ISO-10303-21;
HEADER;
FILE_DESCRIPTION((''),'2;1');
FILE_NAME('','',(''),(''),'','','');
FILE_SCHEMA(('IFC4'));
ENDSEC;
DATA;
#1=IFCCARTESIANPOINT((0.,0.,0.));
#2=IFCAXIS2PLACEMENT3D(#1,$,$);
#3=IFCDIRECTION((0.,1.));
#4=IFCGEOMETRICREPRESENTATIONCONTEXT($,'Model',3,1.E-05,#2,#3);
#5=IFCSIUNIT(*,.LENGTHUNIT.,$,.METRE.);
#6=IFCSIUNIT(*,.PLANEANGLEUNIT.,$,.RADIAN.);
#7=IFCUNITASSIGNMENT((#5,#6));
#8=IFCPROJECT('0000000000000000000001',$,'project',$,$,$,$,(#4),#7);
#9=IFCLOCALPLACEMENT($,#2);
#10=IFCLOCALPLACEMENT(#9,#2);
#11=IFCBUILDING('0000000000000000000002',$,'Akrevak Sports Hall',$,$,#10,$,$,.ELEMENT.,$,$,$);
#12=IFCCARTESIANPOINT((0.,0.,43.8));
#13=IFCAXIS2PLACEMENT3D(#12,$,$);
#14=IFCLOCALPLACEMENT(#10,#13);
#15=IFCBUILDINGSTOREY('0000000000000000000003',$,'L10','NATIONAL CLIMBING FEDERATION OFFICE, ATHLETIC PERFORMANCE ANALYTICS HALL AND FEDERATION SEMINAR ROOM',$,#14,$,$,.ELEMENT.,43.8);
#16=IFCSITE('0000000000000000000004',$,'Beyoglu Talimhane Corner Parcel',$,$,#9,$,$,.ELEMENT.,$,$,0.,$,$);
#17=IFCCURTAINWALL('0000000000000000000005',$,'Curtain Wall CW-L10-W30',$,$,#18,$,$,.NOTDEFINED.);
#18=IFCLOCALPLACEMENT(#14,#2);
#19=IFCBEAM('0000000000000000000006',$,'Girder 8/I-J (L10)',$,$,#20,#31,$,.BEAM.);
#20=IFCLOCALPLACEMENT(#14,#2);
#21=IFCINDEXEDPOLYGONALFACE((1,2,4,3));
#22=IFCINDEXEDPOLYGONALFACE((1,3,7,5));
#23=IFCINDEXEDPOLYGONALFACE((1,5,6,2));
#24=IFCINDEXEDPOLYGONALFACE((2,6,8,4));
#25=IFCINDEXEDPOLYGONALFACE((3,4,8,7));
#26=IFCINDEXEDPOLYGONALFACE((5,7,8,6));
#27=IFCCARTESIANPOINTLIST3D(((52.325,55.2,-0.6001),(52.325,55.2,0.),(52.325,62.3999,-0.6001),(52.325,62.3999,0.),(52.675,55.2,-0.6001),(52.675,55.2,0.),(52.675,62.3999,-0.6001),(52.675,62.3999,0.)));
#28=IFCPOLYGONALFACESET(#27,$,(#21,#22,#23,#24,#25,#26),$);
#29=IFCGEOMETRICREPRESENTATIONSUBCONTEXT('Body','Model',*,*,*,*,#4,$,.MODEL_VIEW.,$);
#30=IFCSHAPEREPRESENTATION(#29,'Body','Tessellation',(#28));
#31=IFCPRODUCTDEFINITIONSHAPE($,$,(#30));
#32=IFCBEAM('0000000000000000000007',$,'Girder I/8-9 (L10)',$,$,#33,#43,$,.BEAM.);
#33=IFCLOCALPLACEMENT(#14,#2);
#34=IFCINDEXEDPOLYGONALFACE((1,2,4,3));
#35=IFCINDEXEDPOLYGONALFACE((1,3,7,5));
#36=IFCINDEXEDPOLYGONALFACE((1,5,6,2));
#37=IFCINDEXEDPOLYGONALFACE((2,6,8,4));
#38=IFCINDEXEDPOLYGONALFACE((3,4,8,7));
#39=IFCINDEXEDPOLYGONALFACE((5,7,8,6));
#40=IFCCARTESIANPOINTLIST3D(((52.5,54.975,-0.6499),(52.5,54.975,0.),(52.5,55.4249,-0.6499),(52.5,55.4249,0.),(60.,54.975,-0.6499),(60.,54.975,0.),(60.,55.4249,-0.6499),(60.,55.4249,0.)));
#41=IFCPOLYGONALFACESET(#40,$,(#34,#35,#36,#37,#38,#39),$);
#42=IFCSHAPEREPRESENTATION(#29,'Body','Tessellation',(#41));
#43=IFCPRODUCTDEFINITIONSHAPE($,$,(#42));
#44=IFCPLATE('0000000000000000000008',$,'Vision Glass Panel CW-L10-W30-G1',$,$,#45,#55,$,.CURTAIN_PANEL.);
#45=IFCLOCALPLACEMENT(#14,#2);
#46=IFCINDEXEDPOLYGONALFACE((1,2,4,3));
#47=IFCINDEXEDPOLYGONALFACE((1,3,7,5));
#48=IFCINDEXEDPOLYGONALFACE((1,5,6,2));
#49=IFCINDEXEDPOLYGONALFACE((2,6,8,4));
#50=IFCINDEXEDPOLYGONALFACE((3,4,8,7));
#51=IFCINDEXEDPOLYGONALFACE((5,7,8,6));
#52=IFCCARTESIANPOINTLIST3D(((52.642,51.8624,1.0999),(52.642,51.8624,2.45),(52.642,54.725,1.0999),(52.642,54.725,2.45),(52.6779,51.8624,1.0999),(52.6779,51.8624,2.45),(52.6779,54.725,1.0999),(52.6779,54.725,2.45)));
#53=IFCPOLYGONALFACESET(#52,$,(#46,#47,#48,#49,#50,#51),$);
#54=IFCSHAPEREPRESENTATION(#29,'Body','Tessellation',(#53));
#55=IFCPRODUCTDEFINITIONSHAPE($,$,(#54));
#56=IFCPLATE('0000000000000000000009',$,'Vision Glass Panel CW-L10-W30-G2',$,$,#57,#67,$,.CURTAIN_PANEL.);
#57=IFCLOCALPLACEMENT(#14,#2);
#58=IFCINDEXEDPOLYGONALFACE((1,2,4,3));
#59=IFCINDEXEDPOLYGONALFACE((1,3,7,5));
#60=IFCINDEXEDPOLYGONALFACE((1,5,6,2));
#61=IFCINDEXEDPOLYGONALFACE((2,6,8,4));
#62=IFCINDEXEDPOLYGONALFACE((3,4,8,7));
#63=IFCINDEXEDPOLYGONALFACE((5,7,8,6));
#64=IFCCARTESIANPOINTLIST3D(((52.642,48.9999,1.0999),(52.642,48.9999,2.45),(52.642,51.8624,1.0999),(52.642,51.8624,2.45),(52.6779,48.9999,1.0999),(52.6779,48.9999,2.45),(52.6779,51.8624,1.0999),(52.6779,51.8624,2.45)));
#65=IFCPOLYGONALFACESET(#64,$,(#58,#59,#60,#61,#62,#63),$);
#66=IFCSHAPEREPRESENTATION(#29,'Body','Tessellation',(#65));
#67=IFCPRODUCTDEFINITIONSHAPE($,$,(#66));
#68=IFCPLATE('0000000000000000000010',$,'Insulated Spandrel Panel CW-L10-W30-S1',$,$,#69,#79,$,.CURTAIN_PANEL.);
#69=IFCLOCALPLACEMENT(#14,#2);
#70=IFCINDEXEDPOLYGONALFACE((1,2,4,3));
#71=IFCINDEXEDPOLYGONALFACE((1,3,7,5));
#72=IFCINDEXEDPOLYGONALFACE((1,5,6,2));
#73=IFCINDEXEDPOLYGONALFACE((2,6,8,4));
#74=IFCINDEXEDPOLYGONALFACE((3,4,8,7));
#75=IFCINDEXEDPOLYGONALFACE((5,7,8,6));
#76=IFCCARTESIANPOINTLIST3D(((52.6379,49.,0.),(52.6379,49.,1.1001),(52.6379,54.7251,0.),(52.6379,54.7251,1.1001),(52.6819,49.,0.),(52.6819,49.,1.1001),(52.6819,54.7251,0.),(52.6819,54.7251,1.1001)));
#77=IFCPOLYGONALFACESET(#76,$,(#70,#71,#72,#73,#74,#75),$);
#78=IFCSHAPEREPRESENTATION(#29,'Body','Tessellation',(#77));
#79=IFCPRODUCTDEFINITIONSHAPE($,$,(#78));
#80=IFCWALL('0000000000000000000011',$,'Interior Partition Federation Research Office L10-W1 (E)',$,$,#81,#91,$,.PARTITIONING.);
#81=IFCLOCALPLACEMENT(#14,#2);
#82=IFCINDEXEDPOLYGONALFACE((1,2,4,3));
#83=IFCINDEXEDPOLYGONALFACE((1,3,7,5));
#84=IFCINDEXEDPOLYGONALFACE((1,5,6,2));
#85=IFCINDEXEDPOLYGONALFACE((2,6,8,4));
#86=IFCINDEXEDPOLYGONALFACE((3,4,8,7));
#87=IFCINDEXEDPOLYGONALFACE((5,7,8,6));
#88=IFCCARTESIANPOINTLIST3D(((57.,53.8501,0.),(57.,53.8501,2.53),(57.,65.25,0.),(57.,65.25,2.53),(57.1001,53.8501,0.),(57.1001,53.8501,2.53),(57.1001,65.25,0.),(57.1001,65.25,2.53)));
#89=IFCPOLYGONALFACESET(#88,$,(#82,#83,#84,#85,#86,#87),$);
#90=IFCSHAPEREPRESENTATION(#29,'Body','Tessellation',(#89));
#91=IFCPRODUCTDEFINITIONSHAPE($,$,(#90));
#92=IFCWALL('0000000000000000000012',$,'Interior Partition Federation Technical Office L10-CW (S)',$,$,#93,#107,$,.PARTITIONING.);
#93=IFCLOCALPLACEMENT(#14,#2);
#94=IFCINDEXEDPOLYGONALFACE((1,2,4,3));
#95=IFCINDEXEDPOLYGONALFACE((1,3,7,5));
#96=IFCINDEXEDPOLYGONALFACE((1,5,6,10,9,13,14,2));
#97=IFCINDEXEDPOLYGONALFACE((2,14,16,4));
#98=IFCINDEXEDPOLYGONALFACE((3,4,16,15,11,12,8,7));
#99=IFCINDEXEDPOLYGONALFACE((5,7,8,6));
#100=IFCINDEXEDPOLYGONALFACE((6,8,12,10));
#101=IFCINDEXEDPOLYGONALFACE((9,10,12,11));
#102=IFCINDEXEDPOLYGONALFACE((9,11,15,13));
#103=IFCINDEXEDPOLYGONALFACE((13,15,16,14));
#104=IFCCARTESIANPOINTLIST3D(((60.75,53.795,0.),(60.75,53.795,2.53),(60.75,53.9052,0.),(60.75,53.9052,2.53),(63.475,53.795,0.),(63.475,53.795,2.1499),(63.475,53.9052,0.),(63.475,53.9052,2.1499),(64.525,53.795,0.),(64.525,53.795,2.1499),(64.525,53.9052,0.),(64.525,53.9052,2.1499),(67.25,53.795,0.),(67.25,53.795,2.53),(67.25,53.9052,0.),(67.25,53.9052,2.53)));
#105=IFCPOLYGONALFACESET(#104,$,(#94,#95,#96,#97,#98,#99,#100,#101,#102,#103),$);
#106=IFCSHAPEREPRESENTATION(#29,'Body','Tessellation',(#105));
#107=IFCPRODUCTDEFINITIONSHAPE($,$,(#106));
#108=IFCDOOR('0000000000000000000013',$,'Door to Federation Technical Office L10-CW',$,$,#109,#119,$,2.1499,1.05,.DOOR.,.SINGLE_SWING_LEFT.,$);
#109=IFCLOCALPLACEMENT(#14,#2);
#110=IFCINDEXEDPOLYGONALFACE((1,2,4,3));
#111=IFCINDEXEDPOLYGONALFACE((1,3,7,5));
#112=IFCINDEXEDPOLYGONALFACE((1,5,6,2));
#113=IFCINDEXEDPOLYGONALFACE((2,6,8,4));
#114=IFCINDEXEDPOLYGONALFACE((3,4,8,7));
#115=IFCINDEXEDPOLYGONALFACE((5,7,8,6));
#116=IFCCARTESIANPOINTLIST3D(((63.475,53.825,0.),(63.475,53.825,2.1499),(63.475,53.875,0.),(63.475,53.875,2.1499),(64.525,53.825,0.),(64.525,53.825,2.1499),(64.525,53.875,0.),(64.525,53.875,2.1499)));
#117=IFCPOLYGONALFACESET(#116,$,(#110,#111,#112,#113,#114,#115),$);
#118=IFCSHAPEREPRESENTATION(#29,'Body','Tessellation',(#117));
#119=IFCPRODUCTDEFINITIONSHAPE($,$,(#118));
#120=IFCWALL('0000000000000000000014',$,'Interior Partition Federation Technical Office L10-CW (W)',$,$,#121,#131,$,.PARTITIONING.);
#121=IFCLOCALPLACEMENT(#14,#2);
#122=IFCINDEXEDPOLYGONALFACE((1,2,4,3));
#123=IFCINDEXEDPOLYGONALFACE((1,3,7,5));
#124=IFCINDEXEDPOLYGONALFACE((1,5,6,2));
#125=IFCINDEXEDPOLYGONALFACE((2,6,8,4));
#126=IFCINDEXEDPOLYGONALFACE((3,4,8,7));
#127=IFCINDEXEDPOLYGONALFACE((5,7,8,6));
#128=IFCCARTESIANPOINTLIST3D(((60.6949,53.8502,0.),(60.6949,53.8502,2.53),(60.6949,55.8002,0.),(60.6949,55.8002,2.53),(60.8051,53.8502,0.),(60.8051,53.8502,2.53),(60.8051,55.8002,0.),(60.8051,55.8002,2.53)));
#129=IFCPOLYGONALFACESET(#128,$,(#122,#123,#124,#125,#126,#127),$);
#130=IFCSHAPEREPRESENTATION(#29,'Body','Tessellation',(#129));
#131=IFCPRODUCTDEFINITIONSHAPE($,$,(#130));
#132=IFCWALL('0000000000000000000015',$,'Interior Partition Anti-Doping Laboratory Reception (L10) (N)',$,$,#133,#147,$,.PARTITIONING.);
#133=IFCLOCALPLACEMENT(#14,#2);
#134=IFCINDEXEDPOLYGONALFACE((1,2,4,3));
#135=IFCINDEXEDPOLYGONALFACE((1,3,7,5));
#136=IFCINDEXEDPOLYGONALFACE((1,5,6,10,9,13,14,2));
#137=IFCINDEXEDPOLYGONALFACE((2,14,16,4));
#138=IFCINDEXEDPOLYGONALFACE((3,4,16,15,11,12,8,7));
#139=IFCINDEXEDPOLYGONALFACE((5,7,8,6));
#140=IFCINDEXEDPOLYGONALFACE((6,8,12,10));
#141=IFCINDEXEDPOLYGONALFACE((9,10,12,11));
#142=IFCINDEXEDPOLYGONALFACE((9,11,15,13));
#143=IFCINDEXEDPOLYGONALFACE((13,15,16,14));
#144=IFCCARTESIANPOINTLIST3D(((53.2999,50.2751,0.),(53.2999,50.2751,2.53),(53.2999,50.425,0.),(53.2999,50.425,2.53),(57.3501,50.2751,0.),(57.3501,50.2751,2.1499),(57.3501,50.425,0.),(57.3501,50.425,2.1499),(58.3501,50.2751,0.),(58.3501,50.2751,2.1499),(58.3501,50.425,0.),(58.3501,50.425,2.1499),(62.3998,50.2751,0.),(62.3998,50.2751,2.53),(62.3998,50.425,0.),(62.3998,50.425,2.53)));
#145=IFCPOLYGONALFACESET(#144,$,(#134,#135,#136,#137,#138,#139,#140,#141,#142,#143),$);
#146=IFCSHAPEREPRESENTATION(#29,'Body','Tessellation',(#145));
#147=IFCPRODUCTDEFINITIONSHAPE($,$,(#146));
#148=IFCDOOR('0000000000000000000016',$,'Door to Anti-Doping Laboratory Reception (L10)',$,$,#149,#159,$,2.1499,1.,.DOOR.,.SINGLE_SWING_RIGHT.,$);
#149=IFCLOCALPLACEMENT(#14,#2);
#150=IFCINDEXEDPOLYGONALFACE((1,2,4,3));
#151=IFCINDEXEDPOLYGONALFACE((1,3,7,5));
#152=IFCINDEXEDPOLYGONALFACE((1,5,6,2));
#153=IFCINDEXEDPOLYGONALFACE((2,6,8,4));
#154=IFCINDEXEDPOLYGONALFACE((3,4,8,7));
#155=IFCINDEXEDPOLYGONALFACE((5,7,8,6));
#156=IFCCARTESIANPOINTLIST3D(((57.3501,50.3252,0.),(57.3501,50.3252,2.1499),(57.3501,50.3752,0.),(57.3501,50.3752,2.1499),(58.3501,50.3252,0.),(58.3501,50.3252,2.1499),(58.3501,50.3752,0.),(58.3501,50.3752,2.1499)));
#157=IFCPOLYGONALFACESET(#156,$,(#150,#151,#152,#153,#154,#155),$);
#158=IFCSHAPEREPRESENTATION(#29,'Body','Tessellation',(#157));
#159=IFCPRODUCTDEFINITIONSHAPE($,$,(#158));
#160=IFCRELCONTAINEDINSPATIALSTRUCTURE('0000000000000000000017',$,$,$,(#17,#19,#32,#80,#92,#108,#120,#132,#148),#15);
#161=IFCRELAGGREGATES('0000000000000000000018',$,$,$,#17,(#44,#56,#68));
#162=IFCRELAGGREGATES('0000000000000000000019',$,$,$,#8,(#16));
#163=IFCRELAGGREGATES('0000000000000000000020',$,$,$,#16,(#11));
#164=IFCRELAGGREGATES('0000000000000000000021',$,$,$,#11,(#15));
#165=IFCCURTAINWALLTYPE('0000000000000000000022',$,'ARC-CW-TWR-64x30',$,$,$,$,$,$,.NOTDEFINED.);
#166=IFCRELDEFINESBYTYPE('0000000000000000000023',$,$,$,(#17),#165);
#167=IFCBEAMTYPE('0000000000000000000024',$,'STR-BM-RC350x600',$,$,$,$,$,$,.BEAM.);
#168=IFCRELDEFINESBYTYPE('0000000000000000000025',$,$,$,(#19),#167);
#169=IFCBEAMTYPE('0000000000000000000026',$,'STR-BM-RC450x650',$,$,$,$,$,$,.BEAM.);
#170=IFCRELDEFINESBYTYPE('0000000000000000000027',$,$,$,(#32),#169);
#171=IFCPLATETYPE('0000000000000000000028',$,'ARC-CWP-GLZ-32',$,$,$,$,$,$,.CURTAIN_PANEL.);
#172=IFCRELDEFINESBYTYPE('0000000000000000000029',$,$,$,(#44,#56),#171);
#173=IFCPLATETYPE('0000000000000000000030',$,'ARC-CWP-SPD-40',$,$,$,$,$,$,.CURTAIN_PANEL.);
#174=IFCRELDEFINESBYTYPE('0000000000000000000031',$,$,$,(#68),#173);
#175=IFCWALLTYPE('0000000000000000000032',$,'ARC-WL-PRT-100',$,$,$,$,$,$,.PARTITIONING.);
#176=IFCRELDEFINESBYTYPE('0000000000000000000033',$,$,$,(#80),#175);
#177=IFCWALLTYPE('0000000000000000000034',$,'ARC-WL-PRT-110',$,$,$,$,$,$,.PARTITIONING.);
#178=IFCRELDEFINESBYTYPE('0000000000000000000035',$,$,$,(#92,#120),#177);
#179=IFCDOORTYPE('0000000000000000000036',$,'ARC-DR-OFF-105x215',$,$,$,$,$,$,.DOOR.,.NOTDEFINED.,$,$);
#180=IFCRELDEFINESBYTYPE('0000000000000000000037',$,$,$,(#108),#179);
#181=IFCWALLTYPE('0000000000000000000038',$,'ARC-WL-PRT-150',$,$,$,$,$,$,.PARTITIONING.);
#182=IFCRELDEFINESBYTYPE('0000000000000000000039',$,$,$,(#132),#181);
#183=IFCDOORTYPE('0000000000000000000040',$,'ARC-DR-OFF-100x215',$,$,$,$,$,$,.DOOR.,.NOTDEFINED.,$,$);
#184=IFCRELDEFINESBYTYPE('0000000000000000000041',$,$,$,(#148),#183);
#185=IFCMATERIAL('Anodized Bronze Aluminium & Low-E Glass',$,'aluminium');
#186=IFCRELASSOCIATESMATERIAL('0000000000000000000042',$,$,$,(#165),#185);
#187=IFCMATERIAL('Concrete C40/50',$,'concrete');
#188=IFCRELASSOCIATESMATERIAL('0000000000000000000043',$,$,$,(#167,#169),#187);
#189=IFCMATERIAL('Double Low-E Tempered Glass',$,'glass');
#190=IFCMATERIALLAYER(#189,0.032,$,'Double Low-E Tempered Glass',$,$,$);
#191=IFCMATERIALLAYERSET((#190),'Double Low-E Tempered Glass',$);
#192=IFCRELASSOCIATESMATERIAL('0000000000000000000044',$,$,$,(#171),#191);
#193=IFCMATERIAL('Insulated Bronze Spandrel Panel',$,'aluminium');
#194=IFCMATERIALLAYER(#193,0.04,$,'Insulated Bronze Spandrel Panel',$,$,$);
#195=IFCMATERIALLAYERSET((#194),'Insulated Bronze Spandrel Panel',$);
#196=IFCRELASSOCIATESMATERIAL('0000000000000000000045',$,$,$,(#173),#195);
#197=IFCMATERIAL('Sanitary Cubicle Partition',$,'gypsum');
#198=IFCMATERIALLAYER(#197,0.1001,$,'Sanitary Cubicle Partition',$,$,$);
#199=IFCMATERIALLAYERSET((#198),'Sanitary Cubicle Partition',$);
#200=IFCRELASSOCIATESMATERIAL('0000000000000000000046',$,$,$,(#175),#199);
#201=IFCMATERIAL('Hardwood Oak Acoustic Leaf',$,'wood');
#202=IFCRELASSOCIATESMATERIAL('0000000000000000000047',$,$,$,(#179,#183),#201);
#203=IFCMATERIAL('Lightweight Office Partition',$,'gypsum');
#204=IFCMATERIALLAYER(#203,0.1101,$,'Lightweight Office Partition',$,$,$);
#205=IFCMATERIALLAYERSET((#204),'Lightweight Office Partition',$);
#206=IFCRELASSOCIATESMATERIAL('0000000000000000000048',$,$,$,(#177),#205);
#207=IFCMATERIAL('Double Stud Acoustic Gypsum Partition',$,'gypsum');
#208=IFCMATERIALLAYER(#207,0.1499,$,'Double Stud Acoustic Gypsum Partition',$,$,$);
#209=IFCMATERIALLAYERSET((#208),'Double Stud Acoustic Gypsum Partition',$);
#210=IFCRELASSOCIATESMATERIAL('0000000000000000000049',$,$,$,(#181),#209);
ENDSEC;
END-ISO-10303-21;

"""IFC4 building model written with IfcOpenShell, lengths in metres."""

from ifc_helpers import new_model, si_unit, direction, frame, frame_2d, origin, origin_2d, place, context, subcontext, project, spatial, rectangle, extrude, material, layer, layer_set, material_profile, profile_set, type_object, element, fill, aggregate, save


model = new_model("IFC4")

# Units and contexts
model_context = context("Model", 3, precision=1e-05, world=origin(), true_north=direction((0.0, 1.0)))
body_context = subcontext(model_context, "Body", "Model", "MODEL_VIEW")
ifc_project = project(units=[si_unit("LENGTHUNIT", "METRE"), si_unit("PLANEANGLEUNIT", "RADIAN")], contexts=[model_context])

# Site, building, storey
site_placement = place(None, origin())
site = spatial("IfcSite", under=ifc_project, at=site_placement, Name="Beyoglu Talimhane Corner Parcel", CompositionType="ELEMENT", RefElevation=0.0)
building_placement = place(site_placement, origin())
building = spatial("IfcBuilding", under=site, at=building_placement, Name="Akrevak Sports Hall", CompositionType="ELEMENT")
storey_placement = place(building_placement, frame((0.0, 0.0, 43.8)))
storey = spatial("IfcBuildingStorey", under=building, at=storey_placement, Name="L10", Description="NATIONAL CLIMBING FEDERATION OFFICE, ATHLETIC PERFORMANCE ANALYTICS HALL AND FEDERATION SEMINAR ROOM", CompositionType="ELEMENT", Elevation=43.8)

# Shared definitions
ifc_material_1 = material(Name="Concrete C40/50", Category="concrete")

# Curtain wall
ifc_material_2 = material(Name="Anodized Bronze Aluminium & Low-E Glass", Category="aluminium")
curtain_wall_type = type_object("IfcCurtainWallType", Name="ARC-CW-TWR-64x30", PredefinedType="NOTDEFINED", material=ifc_material_2)
curtain_wall_1_placement = place(storey_placement, origin())
curtain_wall_1 = element("IfcCurtainWall", 1, at=curtain_wall_1_placement, inside=storey, type_object=curtain_wall_type, Name="Curtain Wall CW-L10-W30", PredefinedType="NOTDEFINED")

# Beams
ifc_material_profile_1 = material_profile(ifc_material_1, rectangle(XDim=0.3501, YDim=0.6001, at=origin_2d()), Name="BM 350x600", Category="concrete")
ifc_profile_set_1 = profile_set([ifc_material_profile_1], Name="Concrete C40/50")
beam_type_1 = type_object("IfcBeamType", Name="STR-BM-RC350x600", PredefinedType="BEAM", material=ifc_profile_set_1)
beam_1_placement = place(storey_placement, frame((52.5, 55.2, -0.3), z_axis=(0.0, 1.0, 0.0), x_axis=(-1.0, 0.0, 0.0)))
element("IfcBeam", 2, at=beam_1_placement, inside=storey, type_object=beam_type_1, Name="Girder 8/I-J (L10)", PredefinedType="BEAM", context=body_context, shape_type="SweptSolid", body=[
    extrude(rectangle(XDim=0.3501, YDim=0.6001, at=origin_2d()), origin(), (0.0, 0.0, 1.0), 7.2),
])
ifc_material_profile_2 = material_profile(ifc_material_1, rectangle(XDim=0.45, YDim=0.6499, at=origin_2d()), Name="BM 450x650", Category="concrete")
ifc_profile_set_2 = profile_set([ifc_material_profile_2], Name="Concrete C40/50")
beam_type_2 = type_object("IfcBeamType", Name="STR-BM-RC450x650", PredefinedType="BEAM", material=ifc_profile_set_2)
beam_2_placement = place(storey_placement, frame((52.5, 55.2, -0.325), z_axis=(1.0, 0.0, 0.0), x_axis=(0.0, 1.0, 0.0)))
element("IfcBeam", 3, at=beam_2_placement, inside=storey, type_object=beam_type_2, Name="Girder I/8-9 (L10)", PredefinedType="BEAM", context=body_context, shape_type="SweptSolid", body=[
    extrude(rectangle(XDim=0.45, YDim=0.6499, at=origin_2d()), origin(), (0.0, 0.0, 1.0), 7.5),
])

# Plates
ifc_material_3 = material(Name="Double Low-E Tempered Glass", Category="glass")
ifc_layer_1 = layer(ifc_material_3, 0.032, Name="Double Low-E Tempered Glass")
ifc_layer_set_1 = layer_set([ifc_layer_1], Name="Double Low-E Tempered Glass")
plate_type_1 = type_object("IfcPlateType", Name="ARC-CWP-GLZ-32", PredefinedType="CURTAIN_PANEL", material=ifc_layer_set_1)
plate_1_placement = place(storey_placement, frame((52.6599, 53.2937, 1.0999), z_axis=(0.0, 0.0, 1.0), x_axis=(0.0, -1.0, 0.0)))
plate_1 = element("IfcPlate", 4, at=plate_1_placement, type_object=plate_type_1, Name="Vision Glass Panel CW-L10-W30-G1", PredefinedType="CURTAIN_PANEL", context=body_context, shape_type="SweptSolid", body=[
    extrude(rectangle(XDim=2.8625, YDim=0.0359, at=origin_2d()), origin(), (0.0, 0.0, 1.0), 1.3501),
])
plate_2_placement = place(storey_placement, frame((52.6599, 50.4312, 1.0999), z_axis=(0.0, 0.0, 1.0), x_axis=(0.0, -1.0, 0.0)))
plate_2 = element("IfcPlate", 5, at=plate_2_placement, type_object=plate_type_1, Name="Vision Glass Panel CW-L10-W30-G2", PredefinedType="CURTAIN_PANEL", context=body_context, shape_type="SweptSolid", body=[
    extrude(rectangle(XDim=2.8625, YDim=0.0359, at=origin_2d()), origin(), (0.0, 0.0, 1.0), 1.3501),
])
ifc_material_4 = material(Name="Insulated Bronze Spandrel Panel", Category="aluminium")
ifc_layer_2 = layer(ifc_material_4, 0.04, Name="Insulated Bronze Spandrel Panel")
ifc_layer_set_2 = layer_set([ifc_layer_2], Name="Insulated Bronze Spandrel Panel")
plate_type_2 = type_object("IfcPlateType", Name="ARC-CWP-SPD-40", PredefinedType="CURTAIN_PANEL", material=ifc_layer_set_2)
plate_3_placement = place(storey_placement, frame((52.6599, 51.8625, 0.0), z_axis=(0.0, 0.0, 1.0), x_axis=(0.0, -1.0, 0.0)))
plate_3 = element("IfcPlate", 6, at=plate_3_placement, type_object=plate_type_2, Name="Insulated Spandrel Panel CW-L10-W30-S1", PredefinedType="CURTAIN_PANEL", context=body_context, shape_type="SweptSolid", body=[
    extrude(rectangle(XDim=5.7251, YDim=0.0439, at=origin_2d()), origin(), (0.0, 0.0, 1.0), 1.1001),
])
aggregate(curtain_wall_1, [plate_1, plate_2, plate_3])

# Shared definitions
ifc_material_5 = material(Name="Sanitary Cubicle Partition", Category="gypsum")
ifc_layer_3 = layer(ifc_material_5, 0.1001, Name="Sanitary Cubicle Partition")
ifc_layer_set_3 = layer_set([ifc_layer_3], Name="Sanitary Cubicle Partition")
wall_type_1 = type_object("IfcWallType", Name="ARC-WL-PRT-100", PredefinedType="PARTITIONING", material=ifc_layer_set_3)
ifc_material_6 = material(Name="Hardwood Oak Acoustic Leaf", Category="wood")
door_type_1 = type_object("IfcDoorType", Name="ARC-DR-OFF-105x215", OperationType="NOTDEFINED", PredefinedType="DOOR", material=ifc_material_6)

# Wall
wall_1_placement = place(storey_placement, frame((57.05, 53.8501, 0.0), z_axis=(0.0, 0.0, 1.0), x_axis=(0.0, 1.0, 0.0)))
element("IfcWall", 7, at=wall_1_placement, inside=storey, type_object=wall_type_1, Name="Interior Partition Federation Research Office L10-W1 (E)", PredefinedType="PARTITIONING", context=body_context, shape_type="SweptSolid", body=[
    extrude(rectangle(XDim=11.3999, YDim=0.1001, at=frame_2d((5.7, 0.0))), origin(), (0.0, 0.0, 1.0), 2.53),
])

# Wall, opening, door
ifc_material_7 = material(Name="Lightweight Office Partition", Category="gypsum")
ifc_layer_4 = layer(ifc_material_7, 0.1101, Name="Lightweight Office Partition")
ifc_layer_set_4 = layer_set([ifc_layer_4], Name="Lightweight Office Partition")
wall_type_2 = type_object("IfcWallType", Name="ARC-WL-PRT-110", PredefinedType="PARTITIONING", material=ifc_layer_set_4)
wall_2_placement = place(storey_placement, frame((60.75, 53.8501, 0.0), z_axis=(0.0, 0.0, 1.0), x_axis=(1.0, 0.0, 0.0)))
wall_2 = element("IfcWall", 8, at=wall_2_placement, inside=storey, type_object=wall_type_2, Name="Interior Partition Federation Technical Office L10-CW (S)", PredefinedType="PARTITIONING", context=body_context, shape_type="SweptSolid", body=[
    extrude(rectangle(XDim=6.5, YDim=0.1101, at=frame_2d((3.25, 0.0))), origin(), (0.0, 0.0, 1.0), 2.53),
])
opening_1_placement = place(wall_2_placement, frame((2.7251, 0.0, 0.0)))
opening_1 = element("IfcOpeningElement", 9, at=opening_1_placement, cuts=wall_2, PredefinedType="OPENING", context=body_context, shape_type="SweptSolid", body=[
    extrude(rectangle(XDim=1.05, YDim=2.1499, at=frame_2d((0.5249, 1.075))), frame((0.0, 0.0669, 0.0), z_axis=(0.0, -1.0, 0.0), x_axis=(1.0, 0.0, 0.0)), (0.0, 0.0, 1.0), 0.134),
])
door_1_placement = place(opening_1_placement, origin())
door_1 = element("IfcDoor", 10, at=door_1_placement, inside=storey, type_object=door_type_1, Name="Door to Federation Technical Office L10-CW", OperationType="SINGLE_SWING_LEFT", OverallHeight=2.1499, OverallWidth=1.05, PredefinedType="DOOR", context=body_context, shape_type="SweptSolid", body=[
    extrude(rectangle(XDim=1.05, YDim=2.1499, at=frame_2d((0.5249, 1.075))), frame((0.0, 0.0249, 0.0), z_axis=(0.0, -1.0, 0.0), x_axis=(1.0, 0.0, 0.0)), (0.0, 0.0, 1.0), 0.05),
])
fill(opening_1, door_1)

# Wall
wall_3_placement = place(storey_placement, frame((60.75, 53.8501, 0.0), z_axis=(0.0, 0.0, 1.0), x_axis=(0.0, 1.0, 0.0)))
element("IfcWall", 11, at=wall_3_placement, inside=storey, type_object=wall_type_2, Name="Interior Partition Federation Technical Office L10-CW (W)", PredefinedType="PARTITIONING", context=body_context, shape_type="SweptSolid", body=[
    extrude(rectangle(XDim=1.95, YDim=0.1101, at=frame_2d((0.9751, 0.0))), origin(), (0.0, 0.0, 1.0), 2.53),
])

# Wall, opening, door
ifc_material_8 = material(Name="Double Stud Acoustic Gypsum Partition", Category="gypsum")
ifc_layer_5 = layer(ifc_material_8, 0.1499, Name="Double Stud Acoustic Gypsum Partition")
ifc_layer_set_5 = layer_set([ifc_layer_5], Name="Double Stud Acoustic Gypsum Partition")
wall_type_3 = type_object("IfcWallType", Name="ARC-WL-PRT-150", PredefinedType="PARTITIONING", material=ifc_layer_set_5)
wall_4_placement = place(storey_placement, frame((53.3, 50.3501, 0.0), z_axis=(0.0, 0.0, 1.0), x_axis=(1.0, 0.0, 0.0)))
wall_4 = element("IfcWall", 12, at=wall_4_placement, inside=storey, type_object=wall_type_3, Name="Interior Partition Anti-Doping Laboratory Reception (L10) (N)", PredefinedType="PARTITIONING", context=body_context, shape_type="SweptSolid", body=[
    extrude(rectangle(XDim=9.0999, YDim=0.1499, at=frame_2d((4.5498, 0.0))), origin(), (0.0, 0.0, 1.0), 2.53),
])
opening_2_placement = place(wall_4_placement, frame((4.05, 0.0, 0.0)))
opening_2 = element("IfcOpeningElement", 13, at=opening_2_placement, cuts=wall_4, PredefinedType="OPENING", context=body_context, shape_type="SweptSolid", body=[
    extrude(rectangle(XDim=1.0, YDim=2.1499, at=frame_2d((0.5, 1.075))), frame((0.0, 0.0869, 0.0), z_axis=(0.0, -1.0, 0.0), x_axis=(1.0, 0.0, 0.0)), (0.0, 0.0, 1.0), 0.1738),
])
door_type_2 = type_object("IfcDoorType", Name="ARC-DR-OFF-100x215", OperationType="NOTDEFINED", PredefinedType="DOOR", material=ifc_material_6)
door_2_placement = place(opening_2_placement, frame((1.0, 0.0, 0.0), z_axis=(0.0, 0.0, 1.0), x_axis=(-1.0, 0.0, 0.0)))
door_2 = element("IfcDoor", 14, at=door_2_placement, inside=storey, type_object=door_type_2, Name="Door to Anti-Doping Laboratory Reception (L10)", OperationType="SINGLE_SWING_RIGHT", OverallHeight=2.1499, OverallWidth=1.0, PredefinedType="DOOR", context=body_context, shape_type="SweptSolid", body=[
    extrude(rectangle(XDim=1.0, YDim=2.1499, at=frame_2d((0.5, 1.075))), frame((0.0, 0.0249, 0.0), z_axis=(0.0, -1.0, 0.0), x_axis=(1.0, 0.0, 0.0)), (0.0, 0.0, 1.0), 0.05),
])
fill(opening_2, door_2)

save(model, "model.ifc")
